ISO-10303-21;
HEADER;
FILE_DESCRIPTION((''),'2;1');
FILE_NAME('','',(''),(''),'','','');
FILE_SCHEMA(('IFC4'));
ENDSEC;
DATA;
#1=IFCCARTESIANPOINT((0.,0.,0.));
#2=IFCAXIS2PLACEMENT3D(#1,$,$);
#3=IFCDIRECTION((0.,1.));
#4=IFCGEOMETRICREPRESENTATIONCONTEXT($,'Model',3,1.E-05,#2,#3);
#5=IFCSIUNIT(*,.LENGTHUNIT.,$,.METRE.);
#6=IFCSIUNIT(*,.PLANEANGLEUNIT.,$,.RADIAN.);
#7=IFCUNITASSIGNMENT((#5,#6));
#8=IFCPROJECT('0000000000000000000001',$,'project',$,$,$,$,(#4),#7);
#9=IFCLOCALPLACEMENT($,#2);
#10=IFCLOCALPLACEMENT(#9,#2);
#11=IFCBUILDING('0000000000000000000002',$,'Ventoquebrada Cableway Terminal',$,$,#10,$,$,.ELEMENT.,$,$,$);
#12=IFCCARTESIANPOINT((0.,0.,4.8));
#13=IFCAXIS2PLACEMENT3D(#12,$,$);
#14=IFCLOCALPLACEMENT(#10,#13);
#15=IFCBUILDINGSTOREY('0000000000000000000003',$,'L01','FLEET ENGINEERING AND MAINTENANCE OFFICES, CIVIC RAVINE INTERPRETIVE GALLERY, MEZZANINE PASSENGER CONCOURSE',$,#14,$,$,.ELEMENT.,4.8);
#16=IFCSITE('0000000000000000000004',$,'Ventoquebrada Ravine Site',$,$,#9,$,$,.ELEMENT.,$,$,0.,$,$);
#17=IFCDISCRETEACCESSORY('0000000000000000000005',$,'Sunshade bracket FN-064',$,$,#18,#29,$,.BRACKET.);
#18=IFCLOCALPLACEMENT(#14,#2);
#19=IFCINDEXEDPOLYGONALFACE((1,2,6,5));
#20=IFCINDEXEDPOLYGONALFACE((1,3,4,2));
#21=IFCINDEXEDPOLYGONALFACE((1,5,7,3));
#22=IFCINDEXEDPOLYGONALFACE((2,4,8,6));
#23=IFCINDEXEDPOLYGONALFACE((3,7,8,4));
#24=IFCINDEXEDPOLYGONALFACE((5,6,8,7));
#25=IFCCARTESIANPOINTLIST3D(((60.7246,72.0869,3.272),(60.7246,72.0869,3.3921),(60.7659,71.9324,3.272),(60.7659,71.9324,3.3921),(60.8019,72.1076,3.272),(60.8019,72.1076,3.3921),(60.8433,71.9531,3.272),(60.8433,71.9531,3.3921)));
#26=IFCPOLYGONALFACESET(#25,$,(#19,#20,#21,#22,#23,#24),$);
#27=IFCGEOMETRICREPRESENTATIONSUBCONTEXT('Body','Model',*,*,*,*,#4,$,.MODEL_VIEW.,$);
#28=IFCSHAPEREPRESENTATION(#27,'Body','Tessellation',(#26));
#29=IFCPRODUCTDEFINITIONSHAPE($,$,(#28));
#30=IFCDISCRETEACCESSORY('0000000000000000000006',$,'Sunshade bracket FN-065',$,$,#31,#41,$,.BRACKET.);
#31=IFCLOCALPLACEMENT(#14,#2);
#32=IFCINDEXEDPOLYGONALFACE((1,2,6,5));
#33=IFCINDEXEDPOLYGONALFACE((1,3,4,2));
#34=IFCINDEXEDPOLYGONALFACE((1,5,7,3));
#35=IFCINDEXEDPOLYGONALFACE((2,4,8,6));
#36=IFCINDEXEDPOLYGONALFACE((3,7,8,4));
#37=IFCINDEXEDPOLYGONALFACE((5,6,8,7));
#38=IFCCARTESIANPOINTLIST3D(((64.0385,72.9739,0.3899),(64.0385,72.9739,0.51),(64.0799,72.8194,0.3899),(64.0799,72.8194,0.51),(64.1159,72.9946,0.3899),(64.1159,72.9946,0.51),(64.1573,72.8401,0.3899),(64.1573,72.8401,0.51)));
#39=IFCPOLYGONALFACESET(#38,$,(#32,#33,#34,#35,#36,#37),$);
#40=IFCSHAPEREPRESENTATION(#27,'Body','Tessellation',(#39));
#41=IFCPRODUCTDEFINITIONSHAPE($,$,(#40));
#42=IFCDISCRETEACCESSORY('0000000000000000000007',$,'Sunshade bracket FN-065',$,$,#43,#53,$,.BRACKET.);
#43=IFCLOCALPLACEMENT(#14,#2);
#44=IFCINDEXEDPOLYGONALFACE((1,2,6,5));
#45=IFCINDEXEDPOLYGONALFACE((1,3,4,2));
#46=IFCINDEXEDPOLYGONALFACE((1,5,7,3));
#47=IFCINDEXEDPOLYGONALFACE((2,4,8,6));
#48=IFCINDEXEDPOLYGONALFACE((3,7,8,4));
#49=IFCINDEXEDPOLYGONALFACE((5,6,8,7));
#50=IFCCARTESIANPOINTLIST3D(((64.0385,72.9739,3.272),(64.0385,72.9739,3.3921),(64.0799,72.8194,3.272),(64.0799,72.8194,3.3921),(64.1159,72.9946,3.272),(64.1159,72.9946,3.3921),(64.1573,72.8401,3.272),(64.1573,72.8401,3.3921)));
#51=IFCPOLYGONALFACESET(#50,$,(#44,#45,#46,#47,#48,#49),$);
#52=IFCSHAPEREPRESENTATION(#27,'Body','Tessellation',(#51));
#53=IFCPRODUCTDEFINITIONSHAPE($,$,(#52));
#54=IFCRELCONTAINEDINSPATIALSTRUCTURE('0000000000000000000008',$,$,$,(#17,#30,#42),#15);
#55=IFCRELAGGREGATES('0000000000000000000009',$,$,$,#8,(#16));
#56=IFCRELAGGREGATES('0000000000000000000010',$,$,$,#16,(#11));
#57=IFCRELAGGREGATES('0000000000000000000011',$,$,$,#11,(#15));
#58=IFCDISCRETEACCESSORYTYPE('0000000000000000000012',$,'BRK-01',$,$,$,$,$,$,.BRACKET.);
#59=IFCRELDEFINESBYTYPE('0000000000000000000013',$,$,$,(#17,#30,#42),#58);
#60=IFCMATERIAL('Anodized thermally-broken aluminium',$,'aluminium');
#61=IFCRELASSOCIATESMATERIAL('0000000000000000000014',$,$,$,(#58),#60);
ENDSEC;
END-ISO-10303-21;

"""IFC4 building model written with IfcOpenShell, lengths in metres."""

from ifc_helpers import new_model, si_unit, direction, frame, origin, origin_2d, place, context, subcontext, project, spatial, rectangle, extrude, material, type_object, element, save


model = new_model("IFC4")

# Units and contexts
model_context = context("Model", 3, precision=1e-05, world=origin(), true_north=direction((0.0, 1.0)))
body_context = subcontext(model_context, "Body", "Model", "MODEL_VIEW")
ifc_project = project(units=[si_unit("LENGTHUNIT", "METRE"), si_unit("PLANEANGLEUNIT", "RADIAN")], contexts=[model_context])

# Site, building, storey
site_placement = place(None, origin())
site = spatial("IfcSite", under=ifc_project, at=site_placement, Name="Ventoquebrada Ravine Site", CompositionType="ELEMENT", RefElevation=0.0)
building_placement = place(site_placement, origin())
building = spatial("IfcBuilding", under=site, at=building_placement, Name="Ventoquebrada Cableway Terminal", CompositionType="ELEMENT")
storey_placement = place(building_placement, frame((0.0, 0.0, 4.8)))
storey = spatial("IfcBuildingStorey", under=building, at=storey_placement, Name="L01", Description="FLEET ENGINEERING AND MAINTENANCE OFFICES, CIVIC RAVINE INTERPRETIVE GALLERY, MEZZANINE PASSENGER CONCOURSE", CompositionType="ELEMENT", Elevation=4.8)

# Shared definitions
ifc_material_1 = material(Name="Anodized thermally-broken aluminium", Category="aluminium")

# Discrete accessories
discrete_accessory_type = type_object("IfcDiscreteAccessoryType", Name="BRK-01", PredefinedType="BRACKET", material=ifc_material_1)
for number, where, z_axis, x_axis, name in (
    (1, (60.7839, 72.02, 3.272), (0.0, 0.0, 1.0), (0.965962, 0.258684, 0.0), "Sunshade bracket FN-064"),
    (2, (64.0979, 72.907, 0.3899), (0.0, 0.0, 1.0), (0.965962, 0.258684, 0.0), "Sunshade bracket FN-065"),
    (3, (64.0979, 72.907, 3.272), (0.0, 0.0, 1.0), (0.965962, 0.258684, 0.0), "Sunshade bracket FN-065"),
):
    element("IfcDiscreteAccessory", number, at=place(storey_placement, frame(where, z_axis=z_axis, x_axis=x_axis)), inside=storey, type_object=discrete_accessory_type, Name=name, PredefinedType="BRACKET", context=body_context, shape_type="SweptSolid", body=[
        extrude(rectangle(XDim=0.0801, YDim=0.1599, at=origin_2d()), origin(), (0.0, 0.0, 1.0), 0.1201),
    ])

save(model, "model.ifc")
